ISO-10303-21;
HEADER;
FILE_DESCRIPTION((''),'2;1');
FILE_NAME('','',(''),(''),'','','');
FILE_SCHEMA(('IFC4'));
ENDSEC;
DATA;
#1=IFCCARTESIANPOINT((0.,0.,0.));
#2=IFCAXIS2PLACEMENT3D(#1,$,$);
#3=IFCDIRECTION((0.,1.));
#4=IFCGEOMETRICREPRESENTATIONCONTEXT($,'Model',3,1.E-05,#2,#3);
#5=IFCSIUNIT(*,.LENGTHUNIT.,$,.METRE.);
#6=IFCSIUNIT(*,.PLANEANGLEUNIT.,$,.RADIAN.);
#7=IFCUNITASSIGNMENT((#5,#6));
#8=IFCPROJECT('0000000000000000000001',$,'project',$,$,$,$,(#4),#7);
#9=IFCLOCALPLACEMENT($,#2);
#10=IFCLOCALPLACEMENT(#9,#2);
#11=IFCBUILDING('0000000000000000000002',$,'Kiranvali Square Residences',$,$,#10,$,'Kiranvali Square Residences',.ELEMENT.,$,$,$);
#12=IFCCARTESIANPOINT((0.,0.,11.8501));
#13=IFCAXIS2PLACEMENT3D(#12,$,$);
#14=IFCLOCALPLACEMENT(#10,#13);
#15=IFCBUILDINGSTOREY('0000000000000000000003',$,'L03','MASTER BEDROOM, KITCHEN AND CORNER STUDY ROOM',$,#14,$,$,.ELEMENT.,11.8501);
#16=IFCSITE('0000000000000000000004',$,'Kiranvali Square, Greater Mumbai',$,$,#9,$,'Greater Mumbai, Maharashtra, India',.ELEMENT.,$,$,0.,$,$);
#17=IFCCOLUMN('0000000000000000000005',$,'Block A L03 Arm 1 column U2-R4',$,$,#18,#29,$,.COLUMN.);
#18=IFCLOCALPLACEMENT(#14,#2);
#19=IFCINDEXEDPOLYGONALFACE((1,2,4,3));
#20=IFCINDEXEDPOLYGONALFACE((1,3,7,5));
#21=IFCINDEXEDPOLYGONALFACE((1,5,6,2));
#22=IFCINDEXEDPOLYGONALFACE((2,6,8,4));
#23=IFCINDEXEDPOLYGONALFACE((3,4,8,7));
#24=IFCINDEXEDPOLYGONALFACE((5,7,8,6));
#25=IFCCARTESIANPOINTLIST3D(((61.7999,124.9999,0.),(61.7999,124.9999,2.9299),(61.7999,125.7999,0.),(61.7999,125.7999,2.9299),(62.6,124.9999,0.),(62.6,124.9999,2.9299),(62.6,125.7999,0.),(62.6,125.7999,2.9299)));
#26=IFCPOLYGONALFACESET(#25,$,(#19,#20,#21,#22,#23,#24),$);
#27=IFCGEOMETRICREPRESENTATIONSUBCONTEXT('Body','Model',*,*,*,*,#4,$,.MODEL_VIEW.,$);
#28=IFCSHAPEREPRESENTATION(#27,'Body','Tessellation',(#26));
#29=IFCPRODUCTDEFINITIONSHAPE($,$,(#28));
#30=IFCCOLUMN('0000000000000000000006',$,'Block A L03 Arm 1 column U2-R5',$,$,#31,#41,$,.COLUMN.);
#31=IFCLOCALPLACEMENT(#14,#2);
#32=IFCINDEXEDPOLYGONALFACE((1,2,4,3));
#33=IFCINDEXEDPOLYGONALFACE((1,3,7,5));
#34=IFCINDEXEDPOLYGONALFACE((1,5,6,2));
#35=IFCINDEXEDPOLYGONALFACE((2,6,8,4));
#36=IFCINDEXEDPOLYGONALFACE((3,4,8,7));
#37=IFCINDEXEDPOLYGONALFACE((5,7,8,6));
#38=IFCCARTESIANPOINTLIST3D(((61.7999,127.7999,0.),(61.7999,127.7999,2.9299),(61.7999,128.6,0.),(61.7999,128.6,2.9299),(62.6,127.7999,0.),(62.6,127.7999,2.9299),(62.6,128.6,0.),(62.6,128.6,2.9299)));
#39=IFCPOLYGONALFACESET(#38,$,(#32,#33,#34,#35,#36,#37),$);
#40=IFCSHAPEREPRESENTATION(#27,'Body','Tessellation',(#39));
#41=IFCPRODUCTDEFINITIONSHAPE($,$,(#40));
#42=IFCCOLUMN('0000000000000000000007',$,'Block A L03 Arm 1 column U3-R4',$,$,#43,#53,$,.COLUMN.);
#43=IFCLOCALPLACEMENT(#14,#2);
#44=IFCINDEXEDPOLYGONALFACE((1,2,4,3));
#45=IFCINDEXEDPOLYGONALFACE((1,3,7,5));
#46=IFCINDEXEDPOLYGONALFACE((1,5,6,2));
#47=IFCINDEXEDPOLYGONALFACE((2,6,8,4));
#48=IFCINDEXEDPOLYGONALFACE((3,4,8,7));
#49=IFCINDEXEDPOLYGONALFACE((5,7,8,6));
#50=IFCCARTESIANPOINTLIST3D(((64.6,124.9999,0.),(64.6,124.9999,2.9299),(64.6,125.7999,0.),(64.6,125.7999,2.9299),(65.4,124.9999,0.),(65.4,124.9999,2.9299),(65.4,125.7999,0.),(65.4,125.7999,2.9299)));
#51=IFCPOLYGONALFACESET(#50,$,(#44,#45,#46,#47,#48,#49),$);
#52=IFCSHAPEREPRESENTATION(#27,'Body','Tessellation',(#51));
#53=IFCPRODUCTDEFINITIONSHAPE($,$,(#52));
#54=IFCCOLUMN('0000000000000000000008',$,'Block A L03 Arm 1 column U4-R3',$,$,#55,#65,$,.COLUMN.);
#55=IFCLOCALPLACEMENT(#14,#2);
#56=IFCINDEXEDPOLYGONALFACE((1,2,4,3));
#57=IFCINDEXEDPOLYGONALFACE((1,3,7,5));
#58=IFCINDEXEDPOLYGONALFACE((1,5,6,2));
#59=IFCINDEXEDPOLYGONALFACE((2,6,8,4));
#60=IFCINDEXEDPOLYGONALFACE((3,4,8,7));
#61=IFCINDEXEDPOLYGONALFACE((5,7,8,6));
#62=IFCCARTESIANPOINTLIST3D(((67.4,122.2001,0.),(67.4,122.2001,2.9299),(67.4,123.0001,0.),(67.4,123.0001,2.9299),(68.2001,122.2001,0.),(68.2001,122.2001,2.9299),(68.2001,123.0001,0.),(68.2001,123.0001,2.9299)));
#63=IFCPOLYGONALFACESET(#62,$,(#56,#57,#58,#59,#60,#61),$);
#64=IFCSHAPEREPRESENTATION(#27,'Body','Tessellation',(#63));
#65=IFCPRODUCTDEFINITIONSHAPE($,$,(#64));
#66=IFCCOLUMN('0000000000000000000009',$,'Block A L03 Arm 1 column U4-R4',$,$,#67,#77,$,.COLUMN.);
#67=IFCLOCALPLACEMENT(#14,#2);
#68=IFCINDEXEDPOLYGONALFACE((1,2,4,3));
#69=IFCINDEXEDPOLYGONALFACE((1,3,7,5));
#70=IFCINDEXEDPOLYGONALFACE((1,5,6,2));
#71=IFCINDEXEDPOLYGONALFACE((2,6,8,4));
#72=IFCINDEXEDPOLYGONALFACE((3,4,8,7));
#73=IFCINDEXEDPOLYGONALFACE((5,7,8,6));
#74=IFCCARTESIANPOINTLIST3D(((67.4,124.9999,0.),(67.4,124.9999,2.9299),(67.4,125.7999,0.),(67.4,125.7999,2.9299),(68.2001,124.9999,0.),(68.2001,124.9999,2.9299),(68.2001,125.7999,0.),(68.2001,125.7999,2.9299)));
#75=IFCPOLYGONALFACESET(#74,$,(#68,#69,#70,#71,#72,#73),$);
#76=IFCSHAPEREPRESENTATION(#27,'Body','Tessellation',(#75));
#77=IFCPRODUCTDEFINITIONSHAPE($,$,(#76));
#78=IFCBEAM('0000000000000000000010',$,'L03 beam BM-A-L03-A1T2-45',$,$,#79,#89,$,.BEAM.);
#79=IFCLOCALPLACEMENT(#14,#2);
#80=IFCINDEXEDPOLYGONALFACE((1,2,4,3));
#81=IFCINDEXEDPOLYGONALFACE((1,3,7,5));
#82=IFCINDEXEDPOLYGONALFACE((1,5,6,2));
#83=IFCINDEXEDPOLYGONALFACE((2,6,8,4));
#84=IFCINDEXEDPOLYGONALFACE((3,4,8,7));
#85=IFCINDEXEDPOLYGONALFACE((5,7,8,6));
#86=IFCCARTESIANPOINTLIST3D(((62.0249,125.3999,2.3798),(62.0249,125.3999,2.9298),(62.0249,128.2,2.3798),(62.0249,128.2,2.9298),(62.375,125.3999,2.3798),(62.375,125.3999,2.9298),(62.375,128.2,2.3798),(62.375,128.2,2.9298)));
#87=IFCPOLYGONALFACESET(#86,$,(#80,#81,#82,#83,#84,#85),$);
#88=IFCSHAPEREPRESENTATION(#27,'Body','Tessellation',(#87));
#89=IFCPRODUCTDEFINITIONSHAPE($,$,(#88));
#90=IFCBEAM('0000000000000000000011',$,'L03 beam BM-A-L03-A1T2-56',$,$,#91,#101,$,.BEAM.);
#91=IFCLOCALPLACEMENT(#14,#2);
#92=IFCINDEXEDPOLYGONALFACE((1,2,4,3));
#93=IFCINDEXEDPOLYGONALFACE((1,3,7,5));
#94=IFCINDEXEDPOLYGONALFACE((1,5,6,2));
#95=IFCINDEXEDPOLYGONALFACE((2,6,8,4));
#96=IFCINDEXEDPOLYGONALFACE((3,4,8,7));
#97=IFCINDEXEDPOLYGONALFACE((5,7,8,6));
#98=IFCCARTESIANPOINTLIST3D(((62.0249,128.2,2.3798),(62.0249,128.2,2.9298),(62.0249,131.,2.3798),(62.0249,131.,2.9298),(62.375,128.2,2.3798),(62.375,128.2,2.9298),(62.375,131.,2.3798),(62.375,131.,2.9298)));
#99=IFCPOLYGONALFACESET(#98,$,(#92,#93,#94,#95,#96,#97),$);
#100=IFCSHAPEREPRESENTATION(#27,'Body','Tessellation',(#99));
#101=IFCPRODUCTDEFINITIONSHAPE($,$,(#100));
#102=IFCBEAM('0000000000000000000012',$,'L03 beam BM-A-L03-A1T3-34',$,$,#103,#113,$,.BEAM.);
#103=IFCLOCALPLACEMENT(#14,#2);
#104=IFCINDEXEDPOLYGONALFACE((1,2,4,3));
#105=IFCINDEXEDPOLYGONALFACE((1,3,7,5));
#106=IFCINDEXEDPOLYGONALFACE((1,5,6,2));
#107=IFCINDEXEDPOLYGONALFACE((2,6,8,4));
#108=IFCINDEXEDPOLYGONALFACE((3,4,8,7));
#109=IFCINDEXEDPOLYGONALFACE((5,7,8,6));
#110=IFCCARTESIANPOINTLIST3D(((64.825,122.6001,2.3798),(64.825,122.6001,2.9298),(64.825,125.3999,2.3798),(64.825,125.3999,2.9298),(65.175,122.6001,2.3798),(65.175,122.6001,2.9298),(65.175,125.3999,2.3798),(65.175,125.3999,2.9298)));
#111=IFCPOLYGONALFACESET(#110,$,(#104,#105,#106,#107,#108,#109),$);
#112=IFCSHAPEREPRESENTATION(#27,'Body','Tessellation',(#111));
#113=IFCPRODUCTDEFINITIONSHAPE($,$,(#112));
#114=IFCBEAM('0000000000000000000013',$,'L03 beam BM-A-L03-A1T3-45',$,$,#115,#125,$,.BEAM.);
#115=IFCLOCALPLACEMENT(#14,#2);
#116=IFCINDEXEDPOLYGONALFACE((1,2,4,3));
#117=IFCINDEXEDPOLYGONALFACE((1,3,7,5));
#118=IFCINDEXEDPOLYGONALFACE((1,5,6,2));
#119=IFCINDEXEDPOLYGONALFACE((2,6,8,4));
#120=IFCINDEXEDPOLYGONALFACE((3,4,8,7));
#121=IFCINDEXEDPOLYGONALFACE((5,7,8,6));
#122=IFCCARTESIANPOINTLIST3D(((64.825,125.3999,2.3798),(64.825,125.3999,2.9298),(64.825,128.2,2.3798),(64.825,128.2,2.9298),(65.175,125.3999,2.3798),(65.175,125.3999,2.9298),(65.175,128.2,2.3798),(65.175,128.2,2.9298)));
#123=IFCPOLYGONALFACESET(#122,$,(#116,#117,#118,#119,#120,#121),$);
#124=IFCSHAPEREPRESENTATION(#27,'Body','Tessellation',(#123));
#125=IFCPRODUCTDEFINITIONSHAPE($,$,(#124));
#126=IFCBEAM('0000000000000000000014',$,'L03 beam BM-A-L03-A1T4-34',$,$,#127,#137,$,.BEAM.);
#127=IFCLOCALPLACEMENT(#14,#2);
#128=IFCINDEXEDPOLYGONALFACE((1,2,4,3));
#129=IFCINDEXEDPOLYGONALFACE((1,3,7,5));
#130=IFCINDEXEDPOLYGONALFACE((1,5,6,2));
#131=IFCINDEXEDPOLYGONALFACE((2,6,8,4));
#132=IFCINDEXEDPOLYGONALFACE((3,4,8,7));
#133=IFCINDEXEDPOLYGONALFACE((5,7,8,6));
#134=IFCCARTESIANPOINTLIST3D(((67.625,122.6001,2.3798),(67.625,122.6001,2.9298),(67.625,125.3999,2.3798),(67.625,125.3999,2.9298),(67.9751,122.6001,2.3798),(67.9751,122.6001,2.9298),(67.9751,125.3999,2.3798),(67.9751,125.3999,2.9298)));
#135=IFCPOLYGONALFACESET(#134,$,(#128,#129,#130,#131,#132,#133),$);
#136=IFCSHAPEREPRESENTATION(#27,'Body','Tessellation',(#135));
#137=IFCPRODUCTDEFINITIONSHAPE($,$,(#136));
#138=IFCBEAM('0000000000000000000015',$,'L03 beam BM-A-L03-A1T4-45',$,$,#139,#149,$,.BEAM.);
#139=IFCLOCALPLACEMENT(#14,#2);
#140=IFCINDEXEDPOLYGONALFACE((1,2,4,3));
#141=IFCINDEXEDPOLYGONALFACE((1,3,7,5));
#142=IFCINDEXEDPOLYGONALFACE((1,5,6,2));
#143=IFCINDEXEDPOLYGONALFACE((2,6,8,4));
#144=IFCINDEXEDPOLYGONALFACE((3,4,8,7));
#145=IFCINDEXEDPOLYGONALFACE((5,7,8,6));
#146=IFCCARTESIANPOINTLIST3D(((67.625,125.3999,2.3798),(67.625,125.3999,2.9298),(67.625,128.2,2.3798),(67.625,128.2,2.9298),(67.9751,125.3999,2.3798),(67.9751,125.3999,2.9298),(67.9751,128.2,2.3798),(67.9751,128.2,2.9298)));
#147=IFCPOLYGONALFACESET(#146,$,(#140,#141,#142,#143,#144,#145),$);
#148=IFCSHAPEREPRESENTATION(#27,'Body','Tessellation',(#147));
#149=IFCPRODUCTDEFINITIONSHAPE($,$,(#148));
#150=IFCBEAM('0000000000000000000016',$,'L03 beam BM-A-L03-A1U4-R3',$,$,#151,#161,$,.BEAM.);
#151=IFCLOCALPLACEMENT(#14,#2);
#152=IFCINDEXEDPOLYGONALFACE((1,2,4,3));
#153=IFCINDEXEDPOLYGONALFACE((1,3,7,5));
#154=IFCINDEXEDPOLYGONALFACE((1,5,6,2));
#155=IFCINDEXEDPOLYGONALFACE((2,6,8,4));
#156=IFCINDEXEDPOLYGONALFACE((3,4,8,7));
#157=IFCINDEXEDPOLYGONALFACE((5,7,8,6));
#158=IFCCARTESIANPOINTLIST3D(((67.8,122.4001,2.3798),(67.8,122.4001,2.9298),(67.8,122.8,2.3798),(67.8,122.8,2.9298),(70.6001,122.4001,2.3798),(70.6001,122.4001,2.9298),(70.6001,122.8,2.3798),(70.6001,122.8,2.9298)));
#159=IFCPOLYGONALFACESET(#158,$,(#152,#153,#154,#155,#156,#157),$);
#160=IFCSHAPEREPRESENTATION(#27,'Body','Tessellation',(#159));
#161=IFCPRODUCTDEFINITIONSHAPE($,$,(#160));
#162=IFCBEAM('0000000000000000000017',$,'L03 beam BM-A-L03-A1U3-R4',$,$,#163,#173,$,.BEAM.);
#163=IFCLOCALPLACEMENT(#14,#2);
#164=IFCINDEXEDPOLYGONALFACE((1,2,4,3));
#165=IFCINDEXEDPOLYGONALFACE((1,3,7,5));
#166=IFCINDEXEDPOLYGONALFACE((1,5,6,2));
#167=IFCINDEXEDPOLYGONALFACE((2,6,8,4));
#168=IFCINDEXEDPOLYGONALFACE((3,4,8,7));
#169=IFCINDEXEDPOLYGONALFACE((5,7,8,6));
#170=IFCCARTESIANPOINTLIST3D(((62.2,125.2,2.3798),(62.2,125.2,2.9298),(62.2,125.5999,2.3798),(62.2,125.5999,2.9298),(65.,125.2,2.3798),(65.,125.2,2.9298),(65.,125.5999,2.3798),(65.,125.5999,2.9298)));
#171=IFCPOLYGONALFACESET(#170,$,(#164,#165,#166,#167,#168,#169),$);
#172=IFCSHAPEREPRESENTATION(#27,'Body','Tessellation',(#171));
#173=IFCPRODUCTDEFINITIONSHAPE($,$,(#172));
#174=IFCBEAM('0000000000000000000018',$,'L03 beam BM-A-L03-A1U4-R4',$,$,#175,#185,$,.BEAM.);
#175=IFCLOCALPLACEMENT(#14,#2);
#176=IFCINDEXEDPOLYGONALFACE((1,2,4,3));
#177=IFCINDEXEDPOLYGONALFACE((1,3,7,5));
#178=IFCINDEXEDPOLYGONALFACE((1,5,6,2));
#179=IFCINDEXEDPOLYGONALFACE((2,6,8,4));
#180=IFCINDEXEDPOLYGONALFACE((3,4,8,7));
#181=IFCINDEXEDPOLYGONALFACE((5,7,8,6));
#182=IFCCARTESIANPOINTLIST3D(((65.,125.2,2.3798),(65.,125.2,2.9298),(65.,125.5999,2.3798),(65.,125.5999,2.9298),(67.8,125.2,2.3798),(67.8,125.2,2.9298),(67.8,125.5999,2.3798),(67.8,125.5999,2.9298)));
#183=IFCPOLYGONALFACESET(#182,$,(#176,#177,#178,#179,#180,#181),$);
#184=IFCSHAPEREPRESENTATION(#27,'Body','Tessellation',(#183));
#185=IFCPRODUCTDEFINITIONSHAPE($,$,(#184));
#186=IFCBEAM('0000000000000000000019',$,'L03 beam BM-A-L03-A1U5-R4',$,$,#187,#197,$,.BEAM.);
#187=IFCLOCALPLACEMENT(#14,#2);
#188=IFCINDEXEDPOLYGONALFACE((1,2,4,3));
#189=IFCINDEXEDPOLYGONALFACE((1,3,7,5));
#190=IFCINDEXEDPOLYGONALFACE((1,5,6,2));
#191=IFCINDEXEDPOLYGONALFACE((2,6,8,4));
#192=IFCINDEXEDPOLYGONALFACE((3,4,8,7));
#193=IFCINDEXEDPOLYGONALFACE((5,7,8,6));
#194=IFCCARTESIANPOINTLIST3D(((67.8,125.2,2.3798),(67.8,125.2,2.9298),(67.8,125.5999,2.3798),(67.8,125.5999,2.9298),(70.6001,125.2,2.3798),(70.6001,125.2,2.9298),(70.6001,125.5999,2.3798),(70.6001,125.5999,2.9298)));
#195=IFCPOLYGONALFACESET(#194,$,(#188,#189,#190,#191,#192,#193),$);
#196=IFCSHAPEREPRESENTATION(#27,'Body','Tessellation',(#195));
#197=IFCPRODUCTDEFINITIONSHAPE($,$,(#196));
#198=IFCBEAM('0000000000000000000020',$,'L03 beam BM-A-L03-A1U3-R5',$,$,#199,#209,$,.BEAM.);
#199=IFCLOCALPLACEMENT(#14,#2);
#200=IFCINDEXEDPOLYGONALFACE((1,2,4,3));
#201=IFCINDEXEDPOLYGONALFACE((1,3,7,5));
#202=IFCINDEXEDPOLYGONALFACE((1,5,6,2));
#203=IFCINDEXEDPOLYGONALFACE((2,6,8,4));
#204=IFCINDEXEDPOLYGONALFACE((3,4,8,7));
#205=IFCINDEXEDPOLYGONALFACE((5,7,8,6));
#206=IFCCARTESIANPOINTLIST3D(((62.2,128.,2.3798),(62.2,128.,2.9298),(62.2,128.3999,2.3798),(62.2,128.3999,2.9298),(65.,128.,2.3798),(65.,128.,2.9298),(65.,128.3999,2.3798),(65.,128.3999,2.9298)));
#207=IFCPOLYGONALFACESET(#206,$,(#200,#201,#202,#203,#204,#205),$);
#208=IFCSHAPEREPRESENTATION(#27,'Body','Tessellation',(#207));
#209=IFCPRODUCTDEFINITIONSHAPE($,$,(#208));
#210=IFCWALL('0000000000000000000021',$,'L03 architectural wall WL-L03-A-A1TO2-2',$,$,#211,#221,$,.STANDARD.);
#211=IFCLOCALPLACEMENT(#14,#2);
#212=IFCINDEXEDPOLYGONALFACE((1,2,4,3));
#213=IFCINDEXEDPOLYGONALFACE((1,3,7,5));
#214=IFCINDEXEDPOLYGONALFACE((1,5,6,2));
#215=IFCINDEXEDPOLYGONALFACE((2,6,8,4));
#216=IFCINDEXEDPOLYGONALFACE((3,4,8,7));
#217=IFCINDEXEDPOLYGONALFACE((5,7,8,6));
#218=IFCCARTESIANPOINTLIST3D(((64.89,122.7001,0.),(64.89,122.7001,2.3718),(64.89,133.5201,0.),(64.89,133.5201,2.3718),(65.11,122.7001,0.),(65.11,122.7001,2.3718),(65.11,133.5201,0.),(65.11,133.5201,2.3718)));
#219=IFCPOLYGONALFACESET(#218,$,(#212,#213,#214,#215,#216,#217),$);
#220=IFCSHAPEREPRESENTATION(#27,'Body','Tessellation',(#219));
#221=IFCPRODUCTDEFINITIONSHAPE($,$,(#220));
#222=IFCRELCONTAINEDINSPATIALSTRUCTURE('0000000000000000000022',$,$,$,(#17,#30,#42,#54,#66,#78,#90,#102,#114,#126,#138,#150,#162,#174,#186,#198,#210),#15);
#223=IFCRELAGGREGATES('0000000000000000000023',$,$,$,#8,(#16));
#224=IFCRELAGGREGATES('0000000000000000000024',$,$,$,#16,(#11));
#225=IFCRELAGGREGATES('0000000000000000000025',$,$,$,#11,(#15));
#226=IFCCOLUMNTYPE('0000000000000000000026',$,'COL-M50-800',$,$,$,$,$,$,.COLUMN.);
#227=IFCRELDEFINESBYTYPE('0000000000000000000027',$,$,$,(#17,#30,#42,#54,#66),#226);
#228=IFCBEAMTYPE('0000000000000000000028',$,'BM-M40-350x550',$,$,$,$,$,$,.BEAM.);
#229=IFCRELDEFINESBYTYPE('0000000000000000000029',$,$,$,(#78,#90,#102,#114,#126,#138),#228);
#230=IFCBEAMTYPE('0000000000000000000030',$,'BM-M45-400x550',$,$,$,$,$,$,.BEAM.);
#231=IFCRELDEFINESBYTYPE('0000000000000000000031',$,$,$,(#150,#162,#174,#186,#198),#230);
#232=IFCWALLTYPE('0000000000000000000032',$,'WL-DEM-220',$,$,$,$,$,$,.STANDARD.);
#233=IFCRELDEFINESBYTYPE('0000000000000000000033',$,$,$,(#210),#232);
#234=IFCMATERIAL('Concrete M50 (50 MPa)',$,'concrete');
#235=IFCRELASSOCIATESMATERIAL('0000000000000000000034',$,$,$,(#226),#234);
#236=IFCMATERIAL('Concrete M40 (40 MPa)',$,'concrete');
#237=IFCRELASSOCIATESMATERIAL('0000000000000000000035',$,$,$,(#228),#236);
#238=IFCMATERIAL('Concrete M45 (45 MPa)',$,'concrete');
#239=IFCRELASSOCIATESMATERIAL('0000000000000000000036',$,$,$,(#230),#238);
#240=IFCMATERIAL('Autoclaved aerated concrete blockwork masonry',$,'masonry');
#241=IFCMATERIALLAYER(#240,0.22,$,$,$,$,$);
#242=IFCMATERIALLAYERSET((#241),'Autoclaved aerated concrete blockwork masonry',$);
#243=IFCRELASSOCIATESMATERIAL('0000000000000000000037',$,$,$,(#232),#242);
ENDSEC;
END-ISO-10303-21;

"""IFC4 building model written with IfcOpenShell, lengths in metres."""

from ifc_helpers import new_model, si_unit, direction, frame, frame_2d, origin, origin_2d, place, context, subcontext, project, spatial, rectangle, extrude, material, layer, layer_set, material_profile, profile_set, type_object, element, save


model = new_model("IFC4")

# Units and contexts
model_context = context("Model", 3, precision=1e-05, world=origin(), true_north=direction((0.0, 1.0)))
body_context = subcontext(model_context, "Body", "Model", "MODEL_VIEW")
ifc_project = project(units=[si_unit("LENGTHUNIT", "METRE"), si_unit("PLANEANGLEUNIT", "RADIAN")], contexts=[model_context])

# Site, building, storey
site_placement = place(None, origin())
site = spatial("IfcSite", under=ifc_project, at=site_placement, Name="Kiranvali Square, Greater Mumbai", LongName="Greater Mumbai, Maharashtra, India", CompositionType="ELEMENT", RefElevation=0.0)
building_placement = place(site_placement, origin())
building = spatial("IfcBuilding", under=site, at=building_placement, Name="Kiranvali Square Residences", LongName="Kiranvali Square Residences", CompositionType="ELEMENT")
storey_placement = place(building_placement, frame((0.0, 0.0, 11.8501)))
storey = spatial("IfcBuildingStorey", under=building, at=storey_placement, Name="L03", Description="MASTER BEDROOM, KITCHEN AND CORNER STUDY ROOM", CompositionType="ELEMENT", Elevation=11.8501)

# Columns
ifc_material_1 = material(Name="Concrete M50 (50 MPa)", Category="concrete")
ifc_material_profile_1 = material_profile(ifc_material_1, rectangle(XDim=0.8, YDim=0.8, at=origin_2d()), Name="RC 800x800")
ifc_profile_set_1 = profile_set([ifc_material_profile_1], Name="Concrete M50 (50 MPa)")
column_type = type_object("IfcColumnType", Name="COL-M50-800", PredefinedType="COLUMN", material=ifc_profile_set_1)
for number, where, z_axis, x_axis, name in (
    (1, (62.2, 125.3999, 0.0), (0.0, 0.0, 1.0), (1.0, 0.0, 0.0), "Block A L03 Arm 1 column U2-R4"),
    (2, (62.2, 128.2, 0.0), (0.0, 0.0, 1.0), (1.0, 0.0, 0.0), "Block A L03 Arm 1 column U2-R5"),
    (3, (65.0, 125.3999, 0.0), (0.0, 0.0, 1.0), (1.0, 0.0, 0.0), "Block A L03 Arm 1 column U3-R4"),
    (4, (67.8, 122.6001, 0.0), (0.0, 0.0, 1.0), (1.0, 0.0, 0.0), "Block A L03 Arm 1 column U4-R3"),
    (5, (67.8, 125.3999, 0.0), (0.0, 0.0, 1.0), (1.0, 0.0, 0.0), "Block A L03 Arm 1 column U4-R4"),
):
    element("IfcColumn", number, at=place(storey_placement, frame(where, z_axis=z_axis, x_axis=x_axis)), inside=storey, type_object=column_type, Name=name, PredefinedType="COLUMN", context=body_context, shape_type="SweptSolid", body=[
        extrude(rectangle(XDim=0.8, YDim=0.8, at=origin_2d()), origin(), (0.0, 0.0, 1.0), 2.9299),
    ])

# Beams
ifc_material_2 = material(Name="Concrete M40 (40 MPa)", Category="concrete")
ifc_material_profile_2 = material_profile(ifc_material_2, rectangle(XDim=0.3501, YDim=0.55, at=origin_2d()), Name="RC 350x550")
ifc_profile_set_2 = profile_set([ifc_material_profile_2], Name="Concrete M40 (40 MPa)")
beam_type_1 = type_object("IfcBeamType", Name="BM-M40-350x550", PredefinedType="BEAM", material=ifc_profile_set_2)
for number, where, z_axis, x_axis, name in (
    (6, (62.2, 125.3999, 2.6548), (0.0, 1.0, 0.0), (-1.0, 0.0, 0.0), "L03 beam BM-A-L03-A1T2-45"),
    (7, (62.2, 128.2, 2.6548), (0.0, 1.0, 0.0), (-1.0, 0.0, 0.0), "L03 beam BM-A-L03-A1T2-56"),
):
    element("IfcBeam", number, at=place(storey_placement, frame(where, z_axis=z_axis, x_axis=x_axis)), inside=storey, type_object=beam_type_1, Name=name, PredefinedType="BEAM", context=body_context, shape_type="SweptSolid", body=[
        extrude(rectangle(XDim=0.3501, YDim=0.55, at=origin_2d()), origin(), (0.0, 0.0, 1.0), 2.8),
    ])
beam_1_placement = place(storey_placement, frame((65.0, 122.6001, 2.6548), z_axis=(0.0, 1.0, 0.0), x_axis=(-1.0, 0.0, 0.0)))
element("IfcBeam", 8, at=beam_1_placement, inside=storey, type_object=beam_type_1, Name="L03 beam BM-A-L03-A1T3-34", PredefinedType="BEAM", context=body_context, shape_type="SweptSolid", body=[
    extrude(rectangle(XDim=0.3501, YDim=0.55, at=origin_2d()), origin(), (0.0, 0.0, 1.0), 2.7998),
])
beam_2_placement = place(storey_placement, frame((65.0, 125.3999, 2.6548), z_axis=(0.0, 1.0, 0.0), x_axis=(-1.0, 0.0, 0.0)))
element("IfcBeam", 9, at=beam_2_placement, inside=storey, type_object=beam_type_1, Name="L03 beam BM-A-L03-A1T3-45", PredefinedType="BEAM", context=body_context, shape_type="SweptSolid", body=[
    extrude(rectangle(XDim=0.3501, YDim=0.55, at=origin_2d()), origin(), (0.0, 0.0, 1.0), 2.8),
])
beam_3_placement = place(storey_placement, frame((67.8, 122.6001, 2.6548), z_axis=(0.0, 1.0, 0.0), x_axis=(-1.0, 0.0, 0.0)))
element("IfcBeam", 10, at=beam_3_placement, inside=storey, type_object=beam_type_1, Name="L03 beam BM-A-L03-A1T4-34", PredefinedType="BEAM", context=body_context, shape_type="SweptSolid", body=[
    extrude(rectangle(XDim=0.3501, YDim=0.55, at=origin_2d()), origin(), (0.0, 0.0, 1.0), 2.7998),
])
beam_4_placement = place(storey_placement, frame((67.8, 125.3999, 2.6548), z_axis=(0.0, 1.0, 0.0), x_axis=(-1.0, 0.0, 0.0)))
element("IfcBeam", 11, at=beam_4_placement, inside=storey, type_object=beam_type_1, Name="L03 beam BM-A-L03-A1T4-45", PredefinedType="BEAM", context=body_context, shape_type="SweptSolid", body=[
    extrude(rectangle(XDim=0.3501, YDim=0.55, at=origin_2d()), origin(), (0.0, 0.0, 1.0), 2.8),
])
ifc_material_3 = material(Name="Concrete M45 (45 MPa)", Category="concrete")
ifc_material_profile_3 = material_profile(ifc_material_3, rectangle(XDim=0.3999, YDim=0.55, at=origin_2d()), Name="RC 400x550")
ifc_profile_set_3 = profile_set([ifc_material_profile_3], Name="Concrete M45 (45 MPa)")
beam_type_2 = type_object("IfcBeamType", Name="BM-M45-400x550", PredefinedType="BEAM", material=ifc_profile_set_3)
for number, where, z_axis, x_axis, name in (
    (12, (67.8, 122.6001, 2.6548), (1.0, 0.0, 0.0), (0.0, 1.0, 0.0), "L03 beam BM-A-L03-A1U4-R3"),
    (13, (62.2, 125.3999, 2.6548), (1.0, 0.0, 0.0), (0.0, 1.0, 0.0), "L03 beam BM-A-L03-A1U3-R4"),
    (14, (65.0, 125.3999, 2.6548), (1.0, 0.0, 0.0), (0.0, 1.0, 0.0), "L03 beam BM-A-L03-A1U4-R4"),
    (15, (67.8, 125.3999, 2.6548), (1.0, 0.0, 0.0), (0.0, 1.0, 0.0), "L03 beam BM-A-L03-A1U5-R4"),
    (16, (62.2, 128.2, 2.6548), (1.0, 0.0, 0.0), (0.0, 1.0, 0.0), "L03 beam BM-A-L03-A1U3-R5"),
):
    element("IfcBeam", number, at=place(storey_placement, frame(where, z_axis=z_axis, x_axis=x_axis)), inside=storey, type_object=beam_type_2, Name=name, PredefinedType="BEAM", context=body_context, shape_type="SweptSolid", body=[
        extrude(rectangle(XDim=0.3999, YDim=0.55, at=origin_2d()), origin(), (0.0, 0.0, 1.0), 2.8),
    ])

# Wall
ifc_material_4 = material(Name="Autoclaved aerated concrete blockwork masonry", Category="masonry")
ifc_layer_1 = layer(ifc_material_4, 0.22)
ifc_layer_set_1 = layer_set([ifc_layer_1], Name="Autoclaved aerated concrete blockwork masonry")
wall_type_1 = type_object("IfcWallType", Name="WL-DEM-220", PredefinedType="STANDARD", material=ifc_layer_set_1)
wall_1_placement = place(storey_placement, frame((65.0, 122.7, 0.0), z_axis=(0.0, 0.0, 1.0), x_axis=(0.0, 1.0, 0.0)))
element("IfcWall", 17, at=wall_1_placement, inside=storey, type_object=wall_type_1, Name="L03 architectural wall WL-L03-A-A1TO2-2", PredefinedType="STANDARD", context=body_context, shape_type="SweptSolid", body=[
    extrude(rectangle(XDim=10.8201, YDim=0.22, at=frame_2d((5.4102, 0.0))), origin(), (0.0, 0.0, 1.0), 2.3718),
])

save(model, "model.ifc")
